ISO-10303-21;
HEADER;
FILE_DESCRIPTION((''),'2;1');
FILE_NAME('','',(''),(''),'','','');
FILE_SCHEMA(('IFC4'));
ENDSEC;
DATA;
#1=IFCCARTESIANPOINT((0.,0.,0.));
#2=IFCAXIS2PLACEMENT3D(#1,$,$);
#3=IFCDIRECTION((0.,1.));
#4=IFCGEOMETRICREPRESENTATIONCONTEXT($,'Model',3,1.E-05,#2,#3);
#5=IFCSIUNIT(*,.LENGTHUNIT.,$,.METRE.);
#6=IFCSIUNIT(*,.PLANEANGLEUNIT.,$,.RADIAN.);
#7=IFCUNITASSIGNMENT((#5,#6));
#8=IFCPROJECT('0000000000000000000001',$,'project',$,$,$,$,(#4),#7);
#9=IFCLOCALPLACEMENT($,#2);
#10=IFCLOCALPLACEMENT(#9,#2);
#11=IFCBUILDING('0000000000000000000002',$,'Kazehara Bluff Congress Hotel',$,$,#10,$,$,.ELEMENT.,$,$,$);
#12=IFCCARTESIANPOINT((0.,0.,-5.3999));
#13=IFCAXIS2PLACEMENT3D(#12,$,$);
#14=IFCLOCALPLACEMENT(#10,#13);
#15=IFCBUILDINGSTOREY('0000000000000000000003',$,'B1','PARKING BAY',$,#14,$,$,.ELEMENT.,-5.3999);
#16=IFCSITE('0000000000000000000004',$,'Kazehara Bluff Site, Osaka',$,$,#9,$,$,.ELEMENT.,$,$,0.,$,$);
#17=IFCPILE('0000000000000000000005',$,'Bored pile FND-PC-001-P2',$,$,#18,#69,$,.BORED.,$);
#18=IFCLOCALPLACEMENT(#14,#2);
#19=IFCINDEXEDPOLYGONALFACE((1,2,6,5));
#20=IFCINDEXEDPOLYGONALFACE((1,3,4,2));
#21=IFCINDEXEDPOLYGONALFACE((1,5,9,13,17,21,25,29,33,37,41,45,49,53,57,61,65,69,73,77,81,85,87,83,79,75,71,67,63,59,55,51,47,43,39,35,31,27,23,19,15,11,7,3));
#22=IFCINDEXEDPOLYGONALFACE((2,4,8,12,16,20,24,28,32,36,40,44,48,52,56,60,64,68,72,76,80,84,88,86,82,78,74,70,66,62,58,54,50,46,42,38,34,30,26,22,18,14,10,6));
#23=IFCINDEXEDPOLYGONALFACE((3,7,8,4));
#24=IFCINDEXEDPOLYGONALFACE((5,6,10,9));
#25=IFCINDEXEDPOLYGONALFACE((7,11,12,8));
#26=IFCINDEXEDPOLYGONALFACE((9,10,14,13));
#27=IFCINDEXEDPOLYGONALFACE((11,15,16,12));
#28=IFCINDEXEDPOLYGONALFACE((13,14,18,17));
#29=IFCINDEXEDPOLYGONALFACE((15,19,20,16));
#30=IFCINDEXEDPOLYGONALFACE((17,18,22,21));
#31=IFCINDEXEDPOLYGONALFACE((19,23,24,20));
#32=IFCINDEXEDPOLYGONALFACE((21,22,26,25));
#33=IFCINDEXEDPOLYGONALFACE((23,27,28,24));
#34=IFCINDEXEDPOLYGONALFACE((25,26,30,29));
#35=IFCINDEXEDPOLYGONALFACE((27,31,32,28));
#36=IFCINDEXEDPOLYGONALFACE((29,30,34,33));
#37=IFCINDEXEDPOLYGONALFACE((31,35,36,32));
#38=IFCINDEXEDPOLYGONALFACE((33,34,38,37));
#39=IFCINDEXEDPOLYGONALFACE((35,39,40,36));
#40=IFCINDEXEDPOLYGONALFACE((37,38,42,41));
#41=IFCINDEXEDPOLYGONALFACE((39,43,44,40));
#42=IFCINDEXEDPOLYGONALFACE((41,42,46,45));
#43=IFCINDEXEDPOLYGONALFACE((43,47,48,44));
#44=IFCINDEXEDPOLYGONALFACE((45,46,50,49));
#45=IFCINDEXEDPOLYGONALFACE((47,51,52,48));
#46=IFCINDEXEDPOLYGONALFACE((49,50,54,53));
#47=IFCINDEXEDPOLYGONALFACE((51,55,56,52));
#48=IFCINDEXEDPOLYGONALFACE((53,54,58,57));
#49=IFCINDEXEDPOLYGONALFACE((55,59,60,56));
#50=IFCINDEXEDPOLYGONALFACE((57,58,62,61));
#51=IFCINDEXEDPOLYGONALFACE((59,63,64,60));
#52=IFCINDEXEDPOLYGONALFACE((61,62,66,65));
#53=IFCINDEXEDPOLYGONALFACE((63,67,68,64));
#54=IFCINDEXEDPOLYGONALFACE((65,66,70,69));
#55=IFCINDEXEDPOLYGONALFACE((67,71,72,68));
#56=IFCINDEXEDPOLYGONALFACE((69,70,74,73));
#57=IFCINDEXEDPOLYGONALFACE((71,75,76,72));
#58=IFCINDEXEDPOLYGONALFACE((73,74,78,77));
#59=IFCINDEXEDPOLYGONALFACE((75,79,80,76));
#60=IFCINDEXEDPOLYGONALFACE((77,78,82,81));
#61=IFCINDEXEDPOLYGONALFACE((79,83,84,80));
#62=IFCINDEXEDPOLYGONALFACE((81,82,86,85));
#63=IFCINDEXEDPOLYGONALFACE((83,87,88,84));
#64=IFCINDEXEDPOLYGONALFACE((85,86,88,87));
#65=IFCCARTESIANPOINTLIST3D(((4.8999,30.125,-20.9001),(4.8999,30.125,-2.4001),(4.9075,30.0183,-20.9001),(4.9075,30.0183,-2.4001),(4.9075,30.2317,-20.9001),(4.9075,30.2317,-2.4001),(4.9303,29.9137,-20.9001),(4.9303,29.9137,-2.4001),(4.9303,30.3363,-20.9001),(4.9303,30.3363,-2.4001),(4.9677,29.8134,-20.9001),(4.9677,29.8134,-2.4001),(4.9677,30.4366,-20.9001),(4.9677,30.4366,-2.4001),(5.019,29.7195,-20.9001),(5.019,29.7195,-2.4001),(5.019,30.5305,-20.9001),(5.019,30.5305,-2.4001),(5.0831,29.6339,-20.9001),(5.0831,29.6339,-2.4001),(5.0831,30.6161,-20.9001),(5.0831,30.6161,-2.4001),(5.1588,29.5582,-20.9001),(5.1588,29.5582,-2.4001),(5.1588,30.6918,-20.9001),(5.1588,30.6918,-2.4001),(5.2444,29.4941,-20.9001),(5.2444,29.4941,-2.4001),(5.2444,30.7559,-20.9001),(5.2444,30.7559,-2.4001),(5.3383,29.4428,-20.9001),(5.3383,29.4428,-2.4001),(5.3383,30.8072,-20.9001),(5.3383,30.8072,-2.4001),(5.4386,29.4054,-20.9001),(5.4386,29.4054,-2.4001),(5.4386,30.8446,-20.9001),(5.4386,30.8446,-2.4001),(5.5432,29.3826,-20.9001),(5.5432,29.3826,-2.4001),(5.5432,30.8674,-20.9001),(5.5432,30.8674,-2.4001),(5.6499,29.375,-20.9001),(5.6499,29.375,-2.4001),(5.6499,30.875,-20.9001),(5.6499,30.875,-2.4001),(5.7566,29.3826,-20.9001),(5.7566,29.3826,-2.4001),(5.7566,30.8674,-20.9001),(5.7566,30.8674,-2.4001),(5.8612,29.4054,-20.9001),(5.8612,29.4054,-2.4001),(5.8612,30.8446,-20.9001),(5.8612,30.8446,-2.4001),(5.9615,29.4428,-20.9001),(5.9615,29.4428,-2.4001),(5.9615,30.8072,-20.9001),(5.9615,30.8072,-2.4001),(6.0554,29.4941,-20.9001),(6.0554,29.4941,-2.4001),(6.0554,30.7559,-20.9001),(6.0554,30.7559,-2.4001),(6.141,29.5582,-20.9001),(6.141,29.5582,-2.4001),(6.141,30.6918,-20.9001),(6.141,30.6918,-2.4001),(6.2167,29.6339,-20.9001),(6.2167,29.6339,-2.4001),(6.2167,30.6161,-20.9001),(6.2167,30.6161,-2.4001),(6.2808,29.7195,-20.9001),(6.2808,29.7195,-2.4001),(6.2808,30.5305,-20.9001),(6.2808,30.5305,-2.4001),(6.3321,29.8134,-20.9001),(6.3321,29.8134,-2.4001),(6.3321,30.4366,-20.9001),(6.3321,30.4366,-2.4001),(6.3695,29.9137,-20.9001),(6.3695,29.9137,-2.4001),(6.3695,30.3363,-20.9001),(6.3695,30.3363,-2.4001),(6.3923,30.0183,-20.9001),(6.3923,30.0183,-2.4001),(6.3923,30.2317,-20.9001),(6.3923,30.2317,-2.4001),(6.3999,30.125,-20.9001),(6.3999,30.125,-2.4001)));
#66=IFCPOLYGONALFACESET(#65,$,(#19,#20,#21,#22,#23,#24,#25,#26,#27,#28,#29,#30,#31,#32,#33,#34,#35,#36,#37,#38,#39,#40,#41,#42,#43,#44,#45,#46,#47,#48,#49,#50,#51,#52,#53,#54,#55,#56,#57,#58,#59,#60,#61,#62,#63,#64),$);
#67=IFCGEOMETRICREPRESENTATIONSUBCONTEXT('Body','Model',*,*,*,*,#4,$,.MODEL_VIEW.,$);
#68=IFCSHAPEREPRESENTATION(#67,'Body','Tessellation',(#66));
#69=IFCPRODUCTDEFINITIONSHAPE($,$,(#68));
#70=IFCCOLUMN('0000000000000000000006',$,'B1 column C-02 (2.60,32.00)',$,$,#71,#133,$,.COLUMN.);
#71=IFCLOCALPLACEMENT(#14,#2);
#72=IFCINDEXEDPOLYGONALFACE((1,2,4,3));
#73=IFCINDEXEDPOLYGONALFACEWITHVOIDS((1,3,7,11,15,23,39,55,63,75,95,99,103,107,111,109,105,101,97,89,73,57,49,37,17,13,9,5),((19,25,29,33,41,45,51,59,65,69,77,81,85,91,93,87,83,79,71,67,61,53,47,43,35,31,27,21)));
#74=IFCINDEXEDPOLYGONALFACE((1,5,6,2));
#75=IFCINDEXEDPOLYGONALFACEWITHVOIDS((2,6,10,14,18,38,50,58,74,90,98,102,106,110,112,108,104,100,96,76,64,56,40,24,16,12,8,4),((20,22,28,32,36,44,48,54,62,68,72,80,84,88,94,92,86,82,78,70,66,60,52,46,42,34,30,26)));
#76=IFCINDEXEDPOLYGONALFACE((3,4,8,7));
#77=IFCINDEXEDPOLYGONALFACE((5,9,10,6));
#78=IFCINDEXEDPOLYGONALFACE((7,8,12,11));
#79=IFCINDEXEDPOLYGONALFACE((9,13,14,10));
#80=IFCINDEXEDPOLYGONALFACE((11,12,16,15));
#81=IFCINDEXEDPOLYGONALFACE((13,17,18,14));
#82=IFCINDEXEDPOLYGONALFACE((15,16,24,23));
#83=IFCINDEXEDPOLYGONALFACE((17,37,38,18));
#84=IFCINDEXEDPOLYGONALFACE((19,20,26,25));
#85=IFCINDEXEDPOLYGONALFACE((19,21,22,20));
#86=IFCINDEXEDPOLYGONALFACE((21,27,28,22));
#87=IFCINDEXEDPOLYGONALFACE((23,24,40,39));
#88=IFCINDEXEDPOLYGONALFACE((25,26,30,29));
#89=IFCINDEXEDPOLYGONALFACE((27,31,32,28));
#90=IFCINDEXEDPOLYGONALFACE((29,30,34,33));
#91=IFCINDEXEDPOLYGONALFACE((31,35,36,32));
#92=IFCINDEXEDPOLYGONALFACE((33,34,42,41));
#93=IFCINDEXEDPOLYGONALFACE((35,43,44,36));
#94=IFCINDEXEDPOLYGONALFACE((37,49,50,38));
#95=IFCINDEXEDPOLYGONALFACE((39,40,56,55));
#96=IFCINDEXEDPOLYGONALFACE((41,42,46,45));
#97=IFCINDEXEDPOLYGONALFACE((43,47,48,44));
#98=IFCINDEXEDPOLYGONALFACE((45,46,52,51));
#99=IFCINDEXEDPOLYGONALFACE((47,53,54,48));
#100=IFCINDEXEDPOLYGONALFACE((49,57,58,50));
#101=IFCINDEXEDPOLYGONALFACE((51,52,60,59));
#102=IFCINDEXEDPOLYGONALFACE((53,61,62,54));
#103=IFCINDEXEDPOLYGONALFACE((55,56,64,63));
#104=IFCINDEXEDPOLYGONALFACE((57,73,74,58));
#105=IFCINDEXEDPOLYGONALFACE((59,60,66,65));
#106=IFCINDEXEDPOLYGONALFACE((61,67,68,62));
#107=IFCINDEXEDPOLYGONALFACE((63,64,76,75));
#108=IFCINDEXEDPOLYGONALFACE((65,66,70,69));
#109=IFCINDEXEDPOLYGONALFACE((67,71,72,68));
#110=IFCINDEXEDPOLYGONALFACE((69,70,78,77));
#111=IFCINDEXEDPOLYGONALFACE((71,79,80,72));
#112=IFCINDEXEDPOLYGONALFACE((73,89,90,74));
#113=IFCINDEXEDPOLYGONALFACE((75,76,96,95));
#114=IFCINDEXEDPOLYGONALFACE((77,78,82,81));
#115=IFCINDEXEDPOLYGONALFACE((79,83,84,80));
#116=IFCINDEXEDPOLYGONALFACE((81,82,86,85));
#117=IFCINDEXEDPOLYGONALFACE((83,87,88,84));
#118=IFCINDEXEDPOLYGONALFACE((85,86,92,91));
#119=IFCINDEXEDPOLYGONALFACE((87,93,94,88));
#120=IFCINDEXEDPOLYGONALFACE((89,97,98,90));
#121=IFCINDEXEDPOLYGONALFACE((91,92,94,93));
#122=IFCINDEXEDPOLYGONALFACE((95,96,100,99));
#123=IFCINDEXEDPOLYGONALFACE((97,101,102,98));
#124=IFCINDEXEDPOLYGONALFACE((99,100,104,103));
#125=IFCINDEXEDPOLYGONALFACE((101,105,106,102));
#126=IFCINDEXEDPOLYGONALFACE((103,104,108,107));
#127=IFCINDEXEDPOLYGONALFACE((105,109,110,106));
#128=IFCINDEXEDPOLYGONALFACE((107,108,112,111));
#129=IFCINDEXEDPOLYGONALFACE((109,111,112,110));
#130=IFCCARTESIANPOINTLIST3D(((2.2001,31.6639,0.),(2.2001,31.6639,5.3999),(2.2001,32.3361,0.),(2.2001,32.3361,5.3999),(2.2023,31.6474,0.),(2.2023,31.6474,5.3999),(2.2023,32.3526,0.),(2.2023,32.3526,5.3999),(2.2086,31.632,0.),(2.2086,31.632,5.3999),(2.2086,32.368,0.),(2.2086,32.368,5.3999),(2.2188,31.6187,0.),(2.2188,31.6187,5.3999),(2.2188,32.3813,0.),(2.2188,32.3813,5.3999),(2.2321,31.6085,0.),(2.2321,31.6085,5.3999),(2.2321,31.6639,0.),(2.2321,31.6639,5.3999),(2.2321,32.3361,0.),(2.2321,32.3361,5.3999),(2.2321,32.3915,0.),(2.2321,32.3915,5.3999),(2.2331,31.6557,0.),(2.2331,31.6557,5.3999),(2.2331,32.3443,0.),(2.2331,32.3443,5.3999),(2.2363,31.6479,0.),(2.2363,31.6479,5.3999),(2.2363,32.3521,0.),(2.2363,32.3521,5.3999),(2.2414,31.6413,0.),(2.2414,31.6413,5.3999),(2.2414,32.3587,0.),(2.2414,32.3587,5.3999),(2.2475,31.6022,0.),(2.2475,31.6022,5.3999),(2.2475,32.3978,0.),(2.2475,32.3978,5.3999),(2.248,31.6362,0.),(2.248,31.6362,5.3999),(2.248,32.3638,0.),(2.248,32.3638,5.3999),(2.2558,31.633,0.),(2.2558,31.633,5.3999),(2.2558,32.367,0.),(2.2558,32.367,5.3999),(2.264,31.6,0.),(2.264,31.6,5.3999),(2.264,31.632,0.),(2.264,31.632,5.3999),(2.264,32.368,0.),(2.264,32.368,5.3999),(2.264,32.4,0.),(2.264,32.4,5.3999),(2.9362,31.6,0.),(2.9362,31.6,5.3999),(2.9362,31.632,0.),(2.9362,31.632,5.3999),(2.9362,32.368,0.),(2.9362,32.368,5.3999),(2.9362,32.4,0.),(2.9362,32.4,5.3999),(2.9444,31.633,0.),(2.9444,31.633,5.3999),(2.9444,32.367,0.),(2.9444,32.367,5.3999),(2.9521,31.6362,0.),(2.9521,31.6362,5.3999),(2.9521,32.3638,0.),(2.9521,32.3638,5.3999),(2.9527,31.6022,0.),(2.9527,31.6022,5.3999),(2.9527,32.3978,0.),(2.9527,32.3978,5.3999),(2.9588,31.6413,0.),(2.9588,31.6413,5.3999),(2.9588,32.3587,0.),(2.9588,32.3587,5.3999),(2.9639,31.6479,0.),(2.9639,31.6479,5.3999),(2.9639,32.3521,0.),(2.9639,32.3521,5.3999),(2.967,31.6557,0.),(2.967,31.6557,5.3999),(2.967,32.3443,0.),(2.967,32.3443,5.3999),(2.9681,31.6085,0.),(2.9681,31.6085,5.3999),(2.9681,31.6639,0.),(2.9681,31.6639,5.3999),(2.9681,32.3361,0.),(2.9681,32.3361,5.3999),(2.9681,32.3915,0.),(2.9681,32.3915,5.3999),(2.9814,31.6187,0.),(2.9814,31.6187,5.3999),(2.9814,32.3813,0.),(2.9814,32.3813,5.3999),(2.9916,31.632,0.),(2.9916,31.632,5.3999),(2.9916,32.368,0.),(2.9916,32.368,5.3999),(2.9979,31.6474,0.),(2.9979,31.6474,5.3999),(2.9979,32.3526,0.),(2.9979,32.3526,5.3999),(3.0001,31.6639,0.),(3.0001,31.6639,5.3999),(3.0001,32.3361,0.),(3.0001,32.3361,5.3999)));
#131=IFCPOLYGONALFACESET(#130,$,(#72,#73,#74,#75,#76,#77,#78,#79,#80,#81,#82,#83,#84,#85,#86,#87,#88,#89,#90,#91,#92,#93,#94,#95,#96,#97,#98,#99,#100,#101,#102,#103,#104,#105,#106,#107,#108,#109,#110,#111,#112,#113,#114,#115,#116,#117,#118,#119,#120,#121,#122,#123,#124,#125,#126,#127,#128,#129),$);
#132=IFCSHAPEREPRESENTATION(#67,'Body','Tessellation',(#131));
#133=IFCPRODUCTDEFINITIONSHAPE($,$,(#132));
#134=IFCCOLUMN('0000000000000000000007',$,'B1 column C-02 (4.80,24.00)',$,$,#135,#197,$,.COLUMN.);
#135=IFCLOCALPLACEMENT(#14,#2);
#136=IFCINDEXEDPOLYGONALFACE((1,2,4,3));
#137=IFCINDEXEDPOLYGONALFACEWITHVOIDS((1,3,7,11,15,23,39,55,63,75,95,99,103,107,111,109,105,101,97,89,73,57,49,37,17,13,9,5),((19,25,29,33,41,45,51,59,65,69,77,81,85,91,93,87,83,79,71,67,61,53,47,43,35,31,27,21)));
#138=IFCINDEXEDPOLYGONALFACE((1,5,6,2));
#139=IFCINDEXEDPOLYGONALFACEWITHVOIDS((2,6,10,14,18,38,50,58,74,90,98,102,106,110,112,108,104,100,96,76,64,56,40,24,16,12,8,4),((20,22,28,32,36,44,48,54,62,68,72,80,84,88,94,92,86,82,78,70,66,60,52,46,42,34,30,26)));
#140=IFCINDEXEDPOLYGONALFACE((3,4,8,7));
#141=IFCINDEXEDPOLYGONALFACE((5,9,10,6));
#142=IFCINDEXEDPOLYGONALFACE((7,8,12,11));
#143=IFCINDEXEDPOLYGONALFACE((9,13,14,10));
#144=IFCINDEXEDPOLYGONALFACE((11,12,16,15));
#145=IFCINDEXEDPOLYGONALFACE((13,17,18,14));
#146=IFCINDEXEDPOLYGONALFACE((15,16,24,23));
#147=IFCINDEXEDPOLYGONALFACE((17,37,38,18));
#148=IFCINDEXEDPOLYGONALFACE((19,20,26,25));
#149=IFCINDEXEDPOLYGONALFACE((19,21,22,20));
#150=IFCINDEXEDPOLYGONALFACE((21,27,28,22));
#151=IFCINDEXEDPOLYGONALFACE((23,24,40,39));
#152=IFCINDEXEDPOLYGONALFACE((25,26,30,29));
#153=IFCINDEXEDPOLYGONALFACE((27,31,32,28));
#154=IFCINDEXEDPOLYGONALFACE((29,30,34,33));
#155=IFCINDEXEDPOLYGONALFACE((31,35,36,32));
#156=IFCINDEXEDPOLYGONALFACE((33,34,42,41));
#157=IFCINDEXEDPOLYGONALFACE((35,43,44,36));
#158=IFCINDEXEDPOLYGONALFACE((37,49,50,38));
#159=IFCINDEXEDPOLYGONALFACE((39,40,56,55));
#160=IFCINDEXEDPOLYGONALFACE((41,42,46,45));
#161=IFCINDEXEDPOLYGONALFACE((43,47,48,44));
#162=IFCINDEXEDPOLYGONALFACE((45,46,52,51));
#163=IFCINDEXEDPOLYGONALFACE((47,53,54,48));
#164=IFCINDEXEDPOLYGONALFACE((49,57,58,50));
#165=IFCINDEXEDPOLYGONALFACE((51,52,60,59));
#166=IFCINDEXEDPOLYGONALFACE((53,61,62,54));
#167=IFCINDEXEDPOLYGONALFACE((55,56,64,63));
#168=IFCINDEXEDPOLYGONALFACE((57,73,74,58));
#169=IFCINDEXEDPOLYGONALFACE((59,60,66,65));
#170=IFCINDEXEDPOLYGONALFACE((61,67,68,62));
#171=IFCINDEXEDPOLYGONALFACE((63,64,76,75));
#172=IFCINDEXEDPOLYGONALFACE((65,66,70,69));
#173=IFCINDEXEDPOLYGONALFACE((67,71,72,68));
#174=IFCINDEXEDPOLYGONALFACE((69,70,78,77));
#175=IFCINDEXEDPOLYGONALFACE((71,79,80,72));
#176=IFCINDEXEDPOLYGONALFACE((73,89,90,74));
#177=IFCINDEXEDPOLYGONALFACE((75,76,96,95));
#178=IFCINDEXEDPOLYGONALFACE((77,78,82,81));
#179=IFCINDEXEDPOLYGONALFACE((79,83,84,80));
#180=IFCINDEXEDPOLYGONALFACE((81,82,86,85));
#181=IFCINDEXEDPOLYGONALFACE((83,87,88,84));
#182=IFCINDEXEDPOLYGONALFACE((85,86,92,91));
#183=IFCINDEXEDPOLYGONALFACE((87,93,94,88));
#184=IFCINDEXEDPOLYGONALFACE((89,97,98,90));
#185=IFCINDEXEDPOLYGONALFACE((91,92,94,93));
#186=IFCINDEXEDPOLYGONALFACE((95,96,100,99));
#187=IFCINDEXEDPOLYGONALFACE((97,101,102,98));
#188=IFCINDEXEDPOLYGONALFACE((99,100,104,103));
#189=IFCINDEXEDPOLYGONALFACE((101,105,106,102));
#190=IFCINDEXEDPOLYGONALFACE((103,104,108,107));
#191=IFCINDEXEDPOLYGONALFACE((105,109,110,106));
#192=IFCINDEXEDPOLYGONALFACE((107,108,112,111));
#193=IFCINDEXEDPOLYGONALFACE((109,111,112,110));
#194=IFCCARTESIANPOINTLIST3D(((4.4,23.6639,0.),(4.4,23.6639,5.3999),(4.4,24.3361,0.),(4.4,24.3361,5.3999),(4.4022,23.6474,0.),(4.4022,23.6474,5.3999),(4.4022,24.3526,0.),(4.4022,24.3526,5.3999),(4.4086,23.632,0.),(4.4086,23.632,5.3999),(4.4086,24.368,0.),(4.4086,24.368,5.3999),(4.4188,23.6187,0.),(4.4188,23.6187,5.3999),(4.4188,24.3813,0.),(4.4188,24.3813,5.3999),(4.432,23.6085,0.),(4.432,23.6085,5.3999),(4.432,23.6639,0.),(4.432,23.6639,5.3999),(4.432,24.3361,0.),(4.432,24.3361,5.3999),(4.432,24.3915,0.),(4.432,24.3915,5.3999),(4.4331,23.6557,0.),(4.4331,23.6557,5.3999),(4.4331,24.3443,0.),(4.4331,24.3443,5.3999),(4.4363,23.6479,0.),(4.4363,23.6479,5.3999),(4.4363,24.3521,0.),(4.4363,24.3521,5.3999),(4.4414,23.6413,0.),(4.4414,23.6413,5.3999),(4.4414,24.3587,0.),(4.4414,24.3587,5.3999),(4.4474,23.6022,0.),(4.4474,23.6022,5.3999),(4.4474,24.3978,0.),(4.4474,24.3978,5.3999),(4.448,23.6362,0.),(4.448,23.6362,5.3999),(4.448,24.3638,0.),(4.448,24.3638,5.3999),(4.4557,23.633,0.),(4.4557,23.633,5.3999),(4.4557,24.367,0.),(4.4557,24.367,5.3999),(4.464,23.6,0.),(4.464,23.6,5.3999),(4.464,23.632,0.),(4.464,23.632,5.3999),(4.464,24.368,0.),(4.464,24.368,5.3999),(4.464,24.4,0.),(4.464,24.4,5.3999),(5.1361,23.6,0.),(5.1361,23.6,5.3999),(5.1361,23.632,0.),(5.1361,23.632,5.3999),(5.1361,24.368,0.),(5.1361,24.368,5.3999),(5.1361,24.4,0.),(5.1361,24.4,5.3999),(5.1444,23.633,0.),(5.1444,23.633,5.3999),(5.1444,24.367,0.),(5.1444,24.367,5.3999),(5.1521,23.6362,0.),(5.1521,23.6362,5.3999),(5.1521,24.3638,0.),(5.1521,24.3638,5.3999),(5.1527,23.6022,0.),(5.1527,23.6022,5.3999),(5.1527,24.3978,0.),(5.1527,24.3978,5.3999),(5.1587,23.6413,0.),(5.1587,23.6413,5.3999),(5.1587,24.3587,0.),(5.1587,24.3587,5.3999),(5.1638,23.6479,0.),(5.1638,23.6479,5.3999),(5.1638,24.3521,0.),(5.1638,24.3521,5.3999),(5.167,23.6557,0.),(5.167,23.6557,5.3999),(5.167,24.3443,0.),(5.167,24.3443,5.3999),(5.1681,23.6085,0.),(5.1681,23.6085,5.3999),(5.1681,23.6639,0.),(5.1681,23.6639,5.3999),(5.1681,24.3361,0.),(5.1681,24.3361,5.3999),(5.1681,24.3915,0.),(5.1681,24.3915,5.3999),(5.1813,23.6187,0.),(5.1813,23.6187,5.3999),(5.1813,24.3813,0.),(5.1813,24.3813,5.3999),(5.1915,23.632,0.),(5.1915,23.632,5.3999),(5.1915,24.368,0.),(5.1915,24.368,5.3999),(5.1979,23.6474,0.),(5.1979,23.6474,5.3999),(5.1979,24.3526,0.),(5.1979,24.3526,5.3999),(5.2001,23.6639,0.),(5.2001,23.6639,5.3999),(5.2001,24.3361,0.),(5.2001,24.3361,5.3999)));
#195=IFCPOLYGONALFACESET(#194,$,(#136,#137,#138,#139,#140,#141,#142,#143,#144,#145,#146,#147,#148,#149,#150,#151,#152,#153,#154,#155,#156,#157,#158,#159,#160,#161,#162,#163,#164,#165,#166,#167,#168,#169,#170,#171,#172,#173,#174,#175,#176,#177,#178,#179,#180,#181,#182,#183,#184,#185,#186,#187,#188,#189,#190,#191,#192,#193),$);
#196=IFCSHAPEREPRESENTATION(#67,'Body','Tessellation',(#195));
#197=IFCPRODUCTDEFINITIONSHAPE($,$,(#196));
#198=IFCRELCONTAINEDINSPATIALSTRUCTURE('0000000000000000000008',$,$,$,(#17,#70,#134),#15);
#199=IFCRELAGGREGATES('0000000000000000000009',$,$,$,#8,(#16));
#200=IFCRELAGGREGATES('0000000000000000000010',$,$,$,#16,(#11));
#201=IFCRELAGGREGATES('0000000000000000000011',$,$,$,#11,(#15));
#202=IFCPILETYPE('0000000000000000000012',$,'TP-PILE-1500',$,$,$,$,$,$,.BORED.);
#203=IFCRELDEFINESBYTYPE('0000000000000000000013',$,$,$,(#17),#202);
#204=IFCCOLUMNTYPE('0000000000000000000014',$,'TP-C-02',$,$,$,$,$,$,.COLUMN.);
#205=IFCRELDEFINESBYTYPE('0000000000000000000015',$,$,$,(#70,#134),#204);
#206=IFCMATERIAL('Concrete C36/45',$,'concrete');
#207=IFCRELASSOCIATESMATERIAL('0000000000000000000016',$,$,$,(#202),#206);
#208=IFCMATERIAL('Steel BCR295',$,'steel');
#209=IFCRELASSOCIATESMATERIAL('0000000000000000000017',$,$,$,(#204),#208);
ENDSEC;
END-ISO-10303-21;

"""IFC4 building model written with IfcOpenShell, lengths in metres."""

from ifc_helpers import new_model, si_unit, direction, frame, origin, origin_2d, place, context, subcontext, project, spatial, hollow_rectangle, circle, extrude, material, material_profile, profile_set, type_object, element, save


model = new_model("IFC4")

# Units and contexts
model_context = context("Model", 3, precision=1e-05, world=origin(), true_north=direction((0.0, 1.0)))
body_context = subcontext(model_context, "Body", "Model", "MODEL_VIEW")
ifc_project = project(units=[si_unit("LENGTHUNIT", "METRE"), si_unit("PLANEANGLEUNIT", "RADIAN")], contexts=[model_context])

# Site, building, storey
site_placement = place(None, origin())
site = spatial("IfcSite", under=ifc_project, at=site_placement, Name="Kazehara Bluff Site, Osaka", CompositionType="ELEMENT", RefElevation=0.0)
building_placement = place(site_placement, origin())
building = spatial("IfcBuilding", under=site, at=building_placement, Name="Kazehara Bluff Congress Hotel", CompositionType="ELEMENT")
storey_placement = place(building_placement, frame((0.0, 0.0, -5.3999)))
storey = spatial("IfcBuildingStorey", under=building, at=storey_placement, Name="B1", Description="PARKING BAY", CompositionType="ELEMENT", Elevation=-5.3999)

# Pile
ifc_material_1 = material(Name="Concrete C36/45", Category="concrete")
ifc_material_profile_1 = material_profile(ifc_material_1, circle(Radius=0.75, at=origin_2d()))
ifc_profile_set_1 = profile_set([ifc_material_profile_1], Name="Concrete C36/45")
pile_type_1 = type_object("IfcPileType", Name="TP-PILE-1500", PredefinedType="BORED", material=ifc_profile_set_1)
for number, where, z_axis, x_axis, name in (
    (1, (5.6499, 30.125, -2.4001), (0.0, 0.0, -1.0), (1.0, 0.0, 0.0), "Bored pile FND-PC-001-P2"),
):
    element("IfcPile", number, at=place(storey_placement, frame(where, z_axis=z_axis, x_axis=x_axis)), inside=storey, type_object=pile_type_1, Name=name, PredefinedType="BORED", context=body_context, shape_type="SweptSolid", body=[
        extrude(circle(Radius=0.75, at=origin_2d()), origin(), (0.0, 0.0, 1.0), 18.5),
    ])

# Columns
ifc_material_2 = material(Name="Steel BCR295", Category="steel")
ifc_material_profile_2 = material_profile(ifc_material_2, hollow_rectangle(XDim=0.8, YDim=0.8, WallThickness=0.032, InnerFilletRadius=0.032, OuterFilletRadius=0.064, at=origin_2d()))
ifc_profile_set_2 = profile_set([ifc_material_profile_2], Name="Steel BCR295")
column_type = type_object("IfcColumnType", Name="TP-C-02", PredefinedType="COLUMN", material=ifc_profile_set_2)
for number, where, z_axis, x_axis, name in (
    (2, (2.6001, 32.0, 0.0), (0.0, 0.0, 1.0), (1.0, 0.0, 0.0), "B1 column C-02 (2.60,32.00)"),
    (3, (4.8, 24.0, 0.0), (0.0, 0.0, 1.0), (1.0, 0.0, 0.0), "B1 column C-02 (4.80,24.00)"),
):
    element("IfcColumn", number, at=place(storey_placement, frame(where, z_axis=z_axis, x_axis=x_axis)), inside=storey, type_object=column_type, Name=name, PredefinedType="COLUMN", context=body_context, shape_type="SweptSolid", body=[
        extrude(hollow_rectangle(XDim=0.8, YDim=0.8, WallThickness=0.032, InnerFilletRadius=0.032, OuterFilletRadius=0.064, at=origin_2d()), origin(), (0.0, 0.0, 1.0), 5.3999),
    ])

save(model, "model.ifc")
